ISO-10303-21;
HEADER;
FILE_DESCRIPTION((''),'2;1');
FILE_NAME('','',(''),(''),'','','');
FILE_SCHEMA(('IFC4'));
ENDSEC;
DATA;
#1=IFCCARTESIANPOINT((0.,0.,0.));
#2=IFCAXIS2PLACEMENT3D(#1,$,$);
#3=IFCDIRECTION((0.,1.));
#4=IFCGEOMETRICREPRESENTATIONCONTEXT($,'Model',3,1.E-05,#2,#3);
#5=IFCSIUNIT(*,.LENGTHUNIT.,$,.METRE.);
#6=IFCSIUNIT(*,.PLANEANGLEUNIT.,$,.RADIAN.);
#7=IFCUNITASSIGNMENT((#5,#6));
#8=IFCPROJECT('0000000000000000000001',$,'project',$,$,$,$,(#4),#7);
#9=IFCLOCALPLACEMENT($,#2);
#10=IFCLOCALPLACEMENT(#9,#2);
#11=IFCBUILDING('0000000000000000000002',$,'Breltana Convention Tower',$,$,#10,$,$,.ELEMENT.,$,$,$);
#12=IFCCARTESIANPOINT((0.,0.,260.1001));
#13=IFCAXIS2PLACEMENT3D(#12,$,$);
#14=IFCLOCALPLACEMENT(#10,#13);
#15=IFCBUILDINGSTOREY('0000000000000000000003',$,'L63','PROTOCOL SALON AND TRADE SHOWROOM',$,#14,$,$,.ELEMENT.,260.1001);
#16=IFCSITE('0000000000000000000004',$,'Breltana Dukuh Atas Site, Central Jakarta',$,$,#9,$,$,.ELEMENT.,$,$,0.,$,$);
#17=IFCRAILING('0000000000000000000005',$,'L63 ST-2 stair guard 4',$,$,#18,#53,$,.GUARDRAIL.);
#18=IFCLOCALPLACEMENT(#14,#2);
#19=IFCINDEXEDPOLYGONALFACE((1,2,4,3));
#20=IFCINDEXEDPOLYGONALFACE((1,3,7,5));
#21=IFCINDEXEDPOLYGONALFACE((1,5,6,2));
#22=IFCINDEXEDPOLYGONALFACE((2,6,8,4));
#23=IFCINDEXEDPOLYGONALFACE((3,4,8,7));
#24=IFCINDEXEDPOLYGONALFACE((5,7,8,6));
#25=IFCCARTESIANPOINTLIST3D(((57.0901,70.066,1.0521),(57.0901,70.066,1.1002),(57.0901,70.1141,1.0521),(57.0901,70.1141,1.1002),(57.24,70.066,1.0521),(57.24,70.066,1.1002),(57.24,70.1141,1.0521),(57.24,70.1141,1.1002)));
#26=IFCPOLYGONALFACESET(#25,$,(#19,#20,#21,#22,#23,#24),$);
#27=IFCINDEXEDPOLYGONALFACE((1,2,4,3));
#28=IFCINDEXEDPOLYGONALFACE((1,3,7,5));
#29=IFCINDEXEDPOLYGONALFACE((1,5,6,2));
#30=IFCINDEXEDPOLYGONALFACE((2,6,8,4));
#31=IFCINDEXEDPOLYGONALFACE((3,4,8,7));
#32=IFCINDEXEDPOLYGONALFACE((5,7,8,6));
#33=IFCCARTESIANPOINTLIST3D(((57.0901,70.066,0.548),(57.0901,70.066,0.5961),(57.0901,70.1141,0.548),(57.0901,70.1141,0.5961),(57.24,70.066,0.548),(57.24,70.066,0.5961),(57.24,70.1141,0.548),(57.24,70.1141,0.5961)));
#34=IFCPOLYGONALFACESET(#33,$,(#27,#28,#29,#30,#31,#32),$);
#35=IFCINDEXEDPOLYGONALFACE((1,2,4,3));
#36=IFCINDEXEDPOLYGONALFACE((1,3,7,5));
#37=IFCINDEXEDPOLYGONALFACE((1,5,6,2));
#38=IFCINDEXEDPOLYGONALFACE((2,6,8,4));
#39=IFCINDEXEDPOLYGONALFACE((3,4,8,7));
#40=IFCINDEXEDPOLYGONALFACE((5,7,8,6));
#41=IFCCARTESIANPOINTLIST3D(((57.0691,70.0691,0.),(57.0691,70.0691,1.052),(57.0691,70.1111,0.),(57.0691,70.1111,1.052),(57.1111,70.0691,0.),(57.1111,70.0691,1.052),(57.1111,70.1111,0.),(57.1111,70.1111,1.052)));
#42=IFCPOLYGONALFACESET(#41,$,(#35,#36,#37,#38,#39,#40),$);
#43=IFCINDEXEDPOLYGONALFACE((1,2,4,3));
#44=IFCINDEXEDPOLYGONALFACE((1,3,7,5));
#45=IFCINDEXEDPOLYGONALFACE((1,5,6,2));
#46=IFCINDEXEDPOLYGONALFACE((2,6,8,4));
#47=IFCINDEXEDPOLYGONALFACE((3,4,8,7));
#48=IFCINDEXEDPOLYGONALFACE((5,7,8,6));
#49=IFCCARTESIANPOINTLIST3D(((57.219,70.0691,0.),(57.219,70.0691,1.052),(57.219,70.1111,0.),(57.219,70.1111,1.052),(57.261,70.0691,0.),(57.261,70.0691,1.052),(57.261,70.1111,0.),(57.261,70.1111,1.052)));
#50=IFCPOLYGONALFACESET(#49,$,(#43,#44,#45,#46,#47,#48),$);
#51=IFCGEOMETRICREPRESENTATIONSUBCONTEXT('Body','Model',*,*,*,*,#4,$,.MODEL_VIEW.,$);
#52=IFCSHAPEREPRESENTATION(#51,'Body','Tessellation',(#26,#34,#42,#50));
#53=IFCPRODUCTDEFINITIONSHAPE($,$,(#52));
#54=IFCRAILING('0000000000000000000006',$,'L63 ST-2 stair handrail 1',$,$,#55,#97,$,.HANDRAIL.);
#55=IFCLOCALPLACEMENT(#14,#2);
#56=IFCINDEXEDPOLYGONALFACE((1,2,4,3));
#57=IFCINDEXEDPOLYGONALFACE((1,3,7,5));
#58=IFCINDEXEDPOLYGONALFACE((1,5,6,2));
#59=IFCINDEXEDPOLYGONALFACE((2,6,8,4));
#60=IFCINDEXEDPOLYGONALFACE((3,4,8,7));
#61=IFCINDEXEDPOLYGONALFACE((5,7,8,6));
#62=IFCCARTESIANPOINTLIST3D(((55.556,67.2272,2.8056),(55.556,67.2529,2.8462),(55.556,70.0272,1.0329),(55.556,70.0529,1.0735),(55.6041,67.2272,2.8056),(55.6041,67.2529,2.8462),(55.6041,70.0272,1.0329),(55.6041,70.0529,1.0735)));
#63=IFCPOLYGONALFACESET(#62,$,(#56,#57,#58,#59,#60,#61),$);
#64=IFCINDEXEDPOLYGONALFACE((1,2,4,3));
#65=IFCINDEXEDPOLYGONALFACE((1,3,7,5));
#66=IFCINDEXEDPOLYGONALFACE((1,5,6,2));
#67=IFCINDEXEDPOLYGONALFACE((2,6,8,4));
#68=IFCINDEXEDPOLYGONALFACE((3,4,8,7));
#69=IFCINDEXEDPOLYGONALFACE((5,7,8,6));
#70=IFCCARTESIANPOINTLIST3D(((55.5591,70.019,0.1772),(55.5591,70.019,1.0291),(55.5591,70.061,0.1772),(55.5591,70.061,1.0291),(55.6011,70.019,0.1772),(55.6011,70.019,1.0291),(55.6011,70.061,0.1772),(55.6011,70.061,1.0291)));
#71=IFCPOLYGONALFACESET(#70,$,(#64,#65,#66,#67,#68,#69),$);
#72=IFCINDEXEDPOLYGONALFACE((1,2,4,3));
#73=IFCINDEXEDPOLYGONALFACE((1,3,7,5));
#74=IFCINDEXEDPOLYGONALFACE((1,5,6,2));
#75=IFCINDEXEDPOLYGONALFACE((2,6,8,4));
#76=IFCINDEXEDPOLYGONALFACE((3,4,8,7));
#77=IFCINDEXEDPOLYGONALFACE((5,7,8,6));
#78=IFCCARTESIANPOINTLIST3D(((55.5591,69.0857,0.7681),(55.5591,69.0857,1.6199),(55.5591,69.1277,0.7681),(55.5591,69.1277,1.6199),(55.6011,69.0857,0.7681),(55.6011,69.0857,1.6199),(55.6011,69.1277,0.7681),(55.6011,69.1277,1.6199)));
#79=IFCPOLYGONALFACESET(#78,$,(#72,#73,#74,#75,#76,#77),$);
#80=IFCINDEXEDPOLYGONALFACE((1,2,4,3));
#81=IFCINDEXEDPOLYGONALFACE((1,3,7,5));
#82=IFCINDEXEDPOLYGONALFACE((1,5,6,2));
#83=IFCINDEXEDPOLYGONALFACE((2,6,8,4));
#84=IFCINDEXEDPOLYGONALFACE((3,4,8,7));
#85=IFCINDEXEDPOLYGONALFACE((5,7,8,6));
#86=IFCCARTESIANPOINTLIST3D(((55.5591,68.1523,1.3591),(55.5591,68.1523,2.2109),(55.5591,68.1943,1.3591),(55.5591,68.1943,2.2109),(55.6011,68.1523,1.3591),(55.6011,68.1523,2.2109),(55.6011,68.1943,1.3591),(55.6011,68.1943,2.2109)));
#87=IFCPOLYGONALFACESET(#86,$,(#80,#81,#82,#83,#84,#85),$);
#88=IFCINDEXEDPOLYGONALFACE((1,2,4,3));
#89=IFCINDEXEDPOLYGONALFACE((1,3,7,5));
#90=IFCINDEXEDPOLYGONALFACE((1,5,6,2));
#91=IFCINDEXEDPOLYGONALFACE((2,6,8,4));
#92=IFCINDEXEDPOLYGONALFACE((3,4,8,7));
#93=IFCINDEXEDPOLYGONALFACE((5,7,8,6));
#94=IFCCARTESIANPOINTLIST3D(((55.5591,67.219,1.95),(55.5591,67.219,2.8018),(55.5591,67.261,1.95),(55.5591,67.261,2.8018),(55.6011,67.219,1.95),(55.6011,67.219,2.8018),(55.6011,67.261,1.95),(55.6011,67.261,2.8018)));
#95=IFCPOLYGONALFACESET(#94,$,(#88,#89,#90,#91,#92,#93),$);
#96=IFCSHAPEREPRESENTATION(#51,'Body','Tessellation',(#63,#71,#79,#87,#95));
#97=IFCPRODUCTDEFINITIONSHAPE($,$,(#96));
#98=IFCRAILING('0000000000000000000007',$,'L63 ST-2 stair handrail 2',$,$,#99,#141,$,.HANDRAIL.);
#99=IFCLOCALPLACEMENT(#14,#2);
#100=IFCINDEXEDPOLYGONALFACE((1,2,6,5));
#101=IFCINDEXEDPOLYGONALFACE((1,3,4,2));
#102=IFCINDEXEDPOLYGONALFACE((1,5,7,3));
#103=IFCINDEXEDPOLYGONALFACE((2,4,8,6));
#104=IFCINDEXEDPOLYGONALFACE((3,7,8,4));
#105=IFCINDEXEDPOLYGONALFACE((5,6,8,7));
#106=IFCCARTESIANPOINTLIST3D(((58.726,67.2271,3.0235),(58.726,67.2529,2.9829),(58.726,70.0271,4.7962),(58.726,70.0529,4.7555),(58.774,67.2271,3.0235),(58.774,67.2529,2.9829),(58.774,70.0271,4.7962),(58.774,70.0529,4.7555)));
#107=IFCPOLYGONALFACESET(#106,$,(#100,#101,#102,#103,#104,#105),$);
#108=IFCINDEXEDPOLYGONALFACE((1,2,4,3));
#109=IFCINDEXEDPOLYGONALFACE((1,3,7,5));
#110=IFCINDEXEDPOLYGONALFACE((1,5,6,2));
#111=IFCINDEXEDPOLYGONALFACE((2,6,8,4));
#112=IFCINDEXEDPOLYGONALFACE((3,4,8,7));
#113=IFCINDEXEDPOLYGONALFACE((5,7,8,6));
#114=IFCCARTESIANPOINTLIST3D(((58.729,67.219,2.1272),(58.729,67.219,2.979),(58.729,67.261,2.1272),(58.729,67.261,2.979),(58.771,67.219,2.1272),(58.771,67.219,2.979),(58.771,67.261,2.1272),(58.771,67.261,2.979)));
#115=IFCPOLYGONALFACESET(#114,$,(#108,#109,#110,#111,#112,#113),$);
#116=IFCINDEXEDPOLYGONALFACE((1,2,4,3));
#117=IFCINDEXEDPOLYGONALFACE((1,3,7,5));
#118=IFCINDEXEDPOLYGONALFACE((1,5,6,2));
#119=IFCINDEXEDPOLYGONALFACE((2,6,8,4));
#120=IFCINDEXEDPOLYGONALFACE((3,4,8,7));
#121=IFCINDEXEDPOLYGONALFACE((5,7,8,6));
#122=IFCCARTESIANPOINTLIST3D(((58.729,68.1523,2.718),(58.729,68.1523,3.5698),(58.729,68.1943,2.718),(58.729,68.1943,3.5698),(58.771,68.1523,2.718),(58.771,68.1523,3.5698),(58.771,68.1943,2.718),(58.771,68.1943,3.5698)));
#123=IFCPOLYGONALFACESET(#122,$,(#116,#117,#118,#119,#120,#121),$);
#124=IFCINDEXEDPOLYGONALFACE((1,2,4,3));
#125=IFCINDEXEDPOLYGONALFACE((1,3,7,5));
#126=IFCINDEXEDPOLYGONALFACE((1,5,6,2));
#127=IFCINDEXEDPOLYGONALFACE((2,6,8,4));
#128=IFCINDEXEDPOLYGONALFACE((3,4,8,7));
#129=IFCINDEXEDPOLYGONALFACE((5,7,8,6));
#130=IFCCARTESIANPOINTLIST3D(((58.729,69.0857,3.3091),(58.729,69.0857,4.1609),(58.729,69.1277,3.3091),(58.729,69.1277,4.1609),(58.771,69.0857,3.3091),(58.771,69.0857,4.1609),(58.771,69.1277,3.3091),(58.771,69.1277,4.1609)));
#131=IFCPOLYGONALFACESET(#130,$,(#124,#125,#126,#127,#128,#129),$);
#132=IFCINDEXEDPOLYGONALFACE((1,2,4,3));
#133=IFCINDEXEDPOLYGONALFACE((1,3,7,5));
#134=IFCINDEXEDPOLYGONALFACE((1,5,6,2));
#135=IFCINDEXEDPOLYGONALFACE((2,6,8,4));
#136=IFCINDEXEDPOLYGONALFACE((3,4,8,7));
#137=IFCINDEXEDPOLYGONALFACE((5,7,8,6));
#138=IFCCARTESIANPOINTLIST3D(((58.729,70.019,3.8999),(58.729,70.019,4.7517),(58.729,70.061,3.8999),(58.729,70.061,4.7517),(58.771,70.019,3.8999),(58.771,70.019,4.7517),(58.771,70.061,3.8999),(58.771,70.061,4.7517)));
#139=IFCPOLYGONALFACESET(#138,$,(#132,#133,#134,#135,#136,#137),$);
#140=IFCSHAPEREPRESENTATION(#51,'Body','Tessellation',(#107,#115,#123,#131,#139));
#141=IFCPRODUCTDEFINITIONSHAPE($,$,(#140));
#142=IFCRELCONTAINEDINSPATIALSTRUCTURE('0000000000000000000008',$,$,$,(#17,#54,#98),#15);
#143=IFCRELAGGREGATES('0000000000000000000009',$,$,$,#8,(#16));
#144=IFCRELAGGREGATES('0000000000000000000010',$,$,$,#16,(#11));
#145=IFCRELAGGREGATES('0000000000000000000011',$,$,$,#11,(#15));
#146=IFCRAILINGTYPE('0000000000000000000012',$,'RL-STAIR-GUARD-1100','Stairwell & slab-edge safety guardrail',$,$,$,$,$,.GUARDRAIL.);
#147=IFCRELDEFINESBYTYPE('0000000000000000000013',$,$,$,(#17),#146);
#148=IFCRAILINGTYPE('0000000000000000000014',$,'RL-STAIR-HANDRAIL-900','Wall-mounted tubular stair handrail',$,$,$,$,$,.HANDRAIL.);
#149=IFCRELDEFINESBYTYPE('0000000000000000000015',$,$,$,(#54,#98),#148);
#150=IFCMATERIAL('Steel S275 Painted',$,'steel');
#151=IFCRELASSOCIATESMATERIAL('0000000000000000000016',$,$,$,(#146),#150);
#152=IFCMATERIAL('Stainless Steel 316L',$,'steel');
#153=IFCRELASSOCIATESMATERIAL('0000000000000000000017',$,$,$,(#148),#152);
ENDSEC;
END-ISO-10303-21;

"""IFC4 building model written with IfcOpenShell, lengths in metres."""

from ifc_helpers import new_model, si_unit, direction, frame, origin, origin_2d, place, context, subcontext, project, spatial, rectangle, extrude, material, type_object, element, save


model = new_model("IFC4")

# Units and contexts
model_context = context("Model", 3, precision=1e-05, world=origin(), true_north=direction((0.0, 1.0)))
body_context = subcontext(model_context, "Body", "Model", "MODEL_VIEW")
ifc_project = project(units=[si_unit("LENGTHUNIT", "METRE"), si_unit("PLANEANGLEUNIT", "RADIAN")], contexts=[model_context])

# Site, building, storey
site_placement = place(None, origin())
site = spatial("IfcSite", under=ifc_project, at=site_placement, Name="Breltana Dukuh Atas Site, Central Jakarta", CompositionType="ELEMENT", RefElevation=0.0)
building_placement = place(site_placement, origin())
building = spatial("IfcBuilding", under=site, at=building_placement, Name="Breltana Convention Tower", CompositionType="ELEMENT")
storey_placement = place(building_placement, frame((0.0, 0.0, 260.1001)))
storey = spatial("IfcBuildingStorey", under=building, at=storey_placement, Name="L63", Description="PROTOCOL SALON AND TRADE SHOWROOM", CompositionType="ELEMENT", Elevation=260.1001)

# Railings
ifc_material_1 = material(Name="Steel S275 Painted", Category="steel")
railing_type_1 = type_object("IfcRailingType", Name="RL-STAIR-GUARD-1100", Description="Stairwell & slab-edge safety guardrail", PredefinedType="GUARDRAIL", material=ifc_material_1)
railing_1_placement = place(storey_placement, frame((57.0901, 70.0901, 0.0)))
element("IfcRailing", 1, at=railing_1_placement, inside=storey, type_object=railing_type_1, Name="L63 ST-2 stair guard 4", PredefinedType="GUARDRAIL", context=body_context, shape_type="SweptSolid", body=[
    extrude(rectangle(XDim=0.0481, YDim=0.0481, at=origin_2d()), frame((0.0, 0.0, 1.0762), z_axis=(1.0, 0.0, 0.0), x_axis=(0.0, 1.0, 0.0)), (0.0, 0.0, 1.0), 0.1499),
    extrude(rectangle(XDim=0.0481, YDim=0.0481, at=origin_2d()), frame((0.0, 0.0, 0.572), z_axis=(1.0, 0.0, 0.0), x_axis=(0.0, 1.0, 0.0)), (0.0, 0.0, 1.0), 0.1499),
    extrude(rectangle(XDim=0.042, YDim=0.042, at=origin_2d()), origin(), (0.0, 0.0, 1.0), 1.052),
    extrude(rectangle(XDim=0.042, YDim=0.042, at=origin_2d()), frame((0.1499, 0.0, 0.0)), (0.0, 0.0, 1.0), 1.052),
])
ifc_material_2 = material(Name="Stainless Steel 316L", Category="steel")
railing_type_2 = type_object("IfcRailingType", Name="RL-STAIR-HANDRAIL-900", Description="Wall-mounted tubular stair handrail", PredefinedType="HANDRAIL", material=ifc_material_2)
railing_2_placement = place(storey_placement, frame((55.5801, 70.04, 0.1772)))
element("IfcRailing", 2, at=railing_2_placement, inside=storey, type_object=railing_type_2, Name="L63 ST-2 stair handrail 1", PredefinedType="HANDRAIL", context=body_context, shape_type="SweptSolid", body=[
    extrude(rectangle(XDim=0.0481, YDim=0.0481, at=origin_2d()), frame((0.0, 0.0, 0.876), z_axis=(0.0, -0.844909, 0.53491), x_axis=(1.0, 0.0, 0.0)), (0.0, 0.0, 1.0), 3.314),
    extrude(rectangle(XDim=0.042, YDim=0.042, at=origin_2d()), origin(), (0.0, 0.0, 1.0), 0.8518),
    extrude(rectangle(XDim=0.042, YDim=0.042, at=origin_2d()), frame((0.0, -0.9333, 0.5908)), (0.0, 0.0, 1.0), 0.8518),
    extrude(rectangle(XDim=0.042, YDim=0.042, at=origin_2d()), frame((0.0, -1.8667, 1.1819)), (0.0, 0.0, 1.0), 0.8518),
    extrude(rectangle(XDim=0.042, YDim=0.042, at=origin_2d()), frame((0.0, -2.8, 1.7727)), (0.0, 0.0, 1.0), 0.8518),
])
railing_3_placement = place(storey_placement, frame((58.75, 67.24, 2.1272)))
element("IfcRailing", 3, at=railing_3_placement, inside=storey, type_object=railing_type_2, Name="L63 ST-2 stair handrail 2", PredefinedType="HANDRAIL", context=body_context, shape_type="SweptSolid", body=[
    extrude(rectangle(XDim=0.0481, YDim=0.0481, at=origin_2d()), frame((0.0, 0.0, 0.876), z_axis=(0.0, 0.844909, 0.53491), x_axis=(-1.0, 0.0, 0.0)), (0.0, 0.0, 1.0), 3.314),
    extrude(rectangle(XDim=0.042, YDim=0.042, at=origin_2d()), origin(), (0.0, 0.0, 1.0), 0.8518),
    extrude(rectangle(XDim=0.042, YDim=0.042, at=origin_2d()), frame((0.0, 0.9333, 0.5908)), (0.0, 0.0, 1.0), 0.8518),
    extrude(rectangle(XDim=0.042, YDim=0.042, at=origin_2d()), frame((0.0, 1.8667, 1.1819)), (0.0, 0.0, 1.0), 0.8518),
    extrude(rectangle(XDim=0.042, YDim=0.042, at=origin_2d()), frame((0.0, 2.8, 1.7727)), (0.0, 0.0, 1.0), 0.8518),
])

save(model, "model.ifc")
